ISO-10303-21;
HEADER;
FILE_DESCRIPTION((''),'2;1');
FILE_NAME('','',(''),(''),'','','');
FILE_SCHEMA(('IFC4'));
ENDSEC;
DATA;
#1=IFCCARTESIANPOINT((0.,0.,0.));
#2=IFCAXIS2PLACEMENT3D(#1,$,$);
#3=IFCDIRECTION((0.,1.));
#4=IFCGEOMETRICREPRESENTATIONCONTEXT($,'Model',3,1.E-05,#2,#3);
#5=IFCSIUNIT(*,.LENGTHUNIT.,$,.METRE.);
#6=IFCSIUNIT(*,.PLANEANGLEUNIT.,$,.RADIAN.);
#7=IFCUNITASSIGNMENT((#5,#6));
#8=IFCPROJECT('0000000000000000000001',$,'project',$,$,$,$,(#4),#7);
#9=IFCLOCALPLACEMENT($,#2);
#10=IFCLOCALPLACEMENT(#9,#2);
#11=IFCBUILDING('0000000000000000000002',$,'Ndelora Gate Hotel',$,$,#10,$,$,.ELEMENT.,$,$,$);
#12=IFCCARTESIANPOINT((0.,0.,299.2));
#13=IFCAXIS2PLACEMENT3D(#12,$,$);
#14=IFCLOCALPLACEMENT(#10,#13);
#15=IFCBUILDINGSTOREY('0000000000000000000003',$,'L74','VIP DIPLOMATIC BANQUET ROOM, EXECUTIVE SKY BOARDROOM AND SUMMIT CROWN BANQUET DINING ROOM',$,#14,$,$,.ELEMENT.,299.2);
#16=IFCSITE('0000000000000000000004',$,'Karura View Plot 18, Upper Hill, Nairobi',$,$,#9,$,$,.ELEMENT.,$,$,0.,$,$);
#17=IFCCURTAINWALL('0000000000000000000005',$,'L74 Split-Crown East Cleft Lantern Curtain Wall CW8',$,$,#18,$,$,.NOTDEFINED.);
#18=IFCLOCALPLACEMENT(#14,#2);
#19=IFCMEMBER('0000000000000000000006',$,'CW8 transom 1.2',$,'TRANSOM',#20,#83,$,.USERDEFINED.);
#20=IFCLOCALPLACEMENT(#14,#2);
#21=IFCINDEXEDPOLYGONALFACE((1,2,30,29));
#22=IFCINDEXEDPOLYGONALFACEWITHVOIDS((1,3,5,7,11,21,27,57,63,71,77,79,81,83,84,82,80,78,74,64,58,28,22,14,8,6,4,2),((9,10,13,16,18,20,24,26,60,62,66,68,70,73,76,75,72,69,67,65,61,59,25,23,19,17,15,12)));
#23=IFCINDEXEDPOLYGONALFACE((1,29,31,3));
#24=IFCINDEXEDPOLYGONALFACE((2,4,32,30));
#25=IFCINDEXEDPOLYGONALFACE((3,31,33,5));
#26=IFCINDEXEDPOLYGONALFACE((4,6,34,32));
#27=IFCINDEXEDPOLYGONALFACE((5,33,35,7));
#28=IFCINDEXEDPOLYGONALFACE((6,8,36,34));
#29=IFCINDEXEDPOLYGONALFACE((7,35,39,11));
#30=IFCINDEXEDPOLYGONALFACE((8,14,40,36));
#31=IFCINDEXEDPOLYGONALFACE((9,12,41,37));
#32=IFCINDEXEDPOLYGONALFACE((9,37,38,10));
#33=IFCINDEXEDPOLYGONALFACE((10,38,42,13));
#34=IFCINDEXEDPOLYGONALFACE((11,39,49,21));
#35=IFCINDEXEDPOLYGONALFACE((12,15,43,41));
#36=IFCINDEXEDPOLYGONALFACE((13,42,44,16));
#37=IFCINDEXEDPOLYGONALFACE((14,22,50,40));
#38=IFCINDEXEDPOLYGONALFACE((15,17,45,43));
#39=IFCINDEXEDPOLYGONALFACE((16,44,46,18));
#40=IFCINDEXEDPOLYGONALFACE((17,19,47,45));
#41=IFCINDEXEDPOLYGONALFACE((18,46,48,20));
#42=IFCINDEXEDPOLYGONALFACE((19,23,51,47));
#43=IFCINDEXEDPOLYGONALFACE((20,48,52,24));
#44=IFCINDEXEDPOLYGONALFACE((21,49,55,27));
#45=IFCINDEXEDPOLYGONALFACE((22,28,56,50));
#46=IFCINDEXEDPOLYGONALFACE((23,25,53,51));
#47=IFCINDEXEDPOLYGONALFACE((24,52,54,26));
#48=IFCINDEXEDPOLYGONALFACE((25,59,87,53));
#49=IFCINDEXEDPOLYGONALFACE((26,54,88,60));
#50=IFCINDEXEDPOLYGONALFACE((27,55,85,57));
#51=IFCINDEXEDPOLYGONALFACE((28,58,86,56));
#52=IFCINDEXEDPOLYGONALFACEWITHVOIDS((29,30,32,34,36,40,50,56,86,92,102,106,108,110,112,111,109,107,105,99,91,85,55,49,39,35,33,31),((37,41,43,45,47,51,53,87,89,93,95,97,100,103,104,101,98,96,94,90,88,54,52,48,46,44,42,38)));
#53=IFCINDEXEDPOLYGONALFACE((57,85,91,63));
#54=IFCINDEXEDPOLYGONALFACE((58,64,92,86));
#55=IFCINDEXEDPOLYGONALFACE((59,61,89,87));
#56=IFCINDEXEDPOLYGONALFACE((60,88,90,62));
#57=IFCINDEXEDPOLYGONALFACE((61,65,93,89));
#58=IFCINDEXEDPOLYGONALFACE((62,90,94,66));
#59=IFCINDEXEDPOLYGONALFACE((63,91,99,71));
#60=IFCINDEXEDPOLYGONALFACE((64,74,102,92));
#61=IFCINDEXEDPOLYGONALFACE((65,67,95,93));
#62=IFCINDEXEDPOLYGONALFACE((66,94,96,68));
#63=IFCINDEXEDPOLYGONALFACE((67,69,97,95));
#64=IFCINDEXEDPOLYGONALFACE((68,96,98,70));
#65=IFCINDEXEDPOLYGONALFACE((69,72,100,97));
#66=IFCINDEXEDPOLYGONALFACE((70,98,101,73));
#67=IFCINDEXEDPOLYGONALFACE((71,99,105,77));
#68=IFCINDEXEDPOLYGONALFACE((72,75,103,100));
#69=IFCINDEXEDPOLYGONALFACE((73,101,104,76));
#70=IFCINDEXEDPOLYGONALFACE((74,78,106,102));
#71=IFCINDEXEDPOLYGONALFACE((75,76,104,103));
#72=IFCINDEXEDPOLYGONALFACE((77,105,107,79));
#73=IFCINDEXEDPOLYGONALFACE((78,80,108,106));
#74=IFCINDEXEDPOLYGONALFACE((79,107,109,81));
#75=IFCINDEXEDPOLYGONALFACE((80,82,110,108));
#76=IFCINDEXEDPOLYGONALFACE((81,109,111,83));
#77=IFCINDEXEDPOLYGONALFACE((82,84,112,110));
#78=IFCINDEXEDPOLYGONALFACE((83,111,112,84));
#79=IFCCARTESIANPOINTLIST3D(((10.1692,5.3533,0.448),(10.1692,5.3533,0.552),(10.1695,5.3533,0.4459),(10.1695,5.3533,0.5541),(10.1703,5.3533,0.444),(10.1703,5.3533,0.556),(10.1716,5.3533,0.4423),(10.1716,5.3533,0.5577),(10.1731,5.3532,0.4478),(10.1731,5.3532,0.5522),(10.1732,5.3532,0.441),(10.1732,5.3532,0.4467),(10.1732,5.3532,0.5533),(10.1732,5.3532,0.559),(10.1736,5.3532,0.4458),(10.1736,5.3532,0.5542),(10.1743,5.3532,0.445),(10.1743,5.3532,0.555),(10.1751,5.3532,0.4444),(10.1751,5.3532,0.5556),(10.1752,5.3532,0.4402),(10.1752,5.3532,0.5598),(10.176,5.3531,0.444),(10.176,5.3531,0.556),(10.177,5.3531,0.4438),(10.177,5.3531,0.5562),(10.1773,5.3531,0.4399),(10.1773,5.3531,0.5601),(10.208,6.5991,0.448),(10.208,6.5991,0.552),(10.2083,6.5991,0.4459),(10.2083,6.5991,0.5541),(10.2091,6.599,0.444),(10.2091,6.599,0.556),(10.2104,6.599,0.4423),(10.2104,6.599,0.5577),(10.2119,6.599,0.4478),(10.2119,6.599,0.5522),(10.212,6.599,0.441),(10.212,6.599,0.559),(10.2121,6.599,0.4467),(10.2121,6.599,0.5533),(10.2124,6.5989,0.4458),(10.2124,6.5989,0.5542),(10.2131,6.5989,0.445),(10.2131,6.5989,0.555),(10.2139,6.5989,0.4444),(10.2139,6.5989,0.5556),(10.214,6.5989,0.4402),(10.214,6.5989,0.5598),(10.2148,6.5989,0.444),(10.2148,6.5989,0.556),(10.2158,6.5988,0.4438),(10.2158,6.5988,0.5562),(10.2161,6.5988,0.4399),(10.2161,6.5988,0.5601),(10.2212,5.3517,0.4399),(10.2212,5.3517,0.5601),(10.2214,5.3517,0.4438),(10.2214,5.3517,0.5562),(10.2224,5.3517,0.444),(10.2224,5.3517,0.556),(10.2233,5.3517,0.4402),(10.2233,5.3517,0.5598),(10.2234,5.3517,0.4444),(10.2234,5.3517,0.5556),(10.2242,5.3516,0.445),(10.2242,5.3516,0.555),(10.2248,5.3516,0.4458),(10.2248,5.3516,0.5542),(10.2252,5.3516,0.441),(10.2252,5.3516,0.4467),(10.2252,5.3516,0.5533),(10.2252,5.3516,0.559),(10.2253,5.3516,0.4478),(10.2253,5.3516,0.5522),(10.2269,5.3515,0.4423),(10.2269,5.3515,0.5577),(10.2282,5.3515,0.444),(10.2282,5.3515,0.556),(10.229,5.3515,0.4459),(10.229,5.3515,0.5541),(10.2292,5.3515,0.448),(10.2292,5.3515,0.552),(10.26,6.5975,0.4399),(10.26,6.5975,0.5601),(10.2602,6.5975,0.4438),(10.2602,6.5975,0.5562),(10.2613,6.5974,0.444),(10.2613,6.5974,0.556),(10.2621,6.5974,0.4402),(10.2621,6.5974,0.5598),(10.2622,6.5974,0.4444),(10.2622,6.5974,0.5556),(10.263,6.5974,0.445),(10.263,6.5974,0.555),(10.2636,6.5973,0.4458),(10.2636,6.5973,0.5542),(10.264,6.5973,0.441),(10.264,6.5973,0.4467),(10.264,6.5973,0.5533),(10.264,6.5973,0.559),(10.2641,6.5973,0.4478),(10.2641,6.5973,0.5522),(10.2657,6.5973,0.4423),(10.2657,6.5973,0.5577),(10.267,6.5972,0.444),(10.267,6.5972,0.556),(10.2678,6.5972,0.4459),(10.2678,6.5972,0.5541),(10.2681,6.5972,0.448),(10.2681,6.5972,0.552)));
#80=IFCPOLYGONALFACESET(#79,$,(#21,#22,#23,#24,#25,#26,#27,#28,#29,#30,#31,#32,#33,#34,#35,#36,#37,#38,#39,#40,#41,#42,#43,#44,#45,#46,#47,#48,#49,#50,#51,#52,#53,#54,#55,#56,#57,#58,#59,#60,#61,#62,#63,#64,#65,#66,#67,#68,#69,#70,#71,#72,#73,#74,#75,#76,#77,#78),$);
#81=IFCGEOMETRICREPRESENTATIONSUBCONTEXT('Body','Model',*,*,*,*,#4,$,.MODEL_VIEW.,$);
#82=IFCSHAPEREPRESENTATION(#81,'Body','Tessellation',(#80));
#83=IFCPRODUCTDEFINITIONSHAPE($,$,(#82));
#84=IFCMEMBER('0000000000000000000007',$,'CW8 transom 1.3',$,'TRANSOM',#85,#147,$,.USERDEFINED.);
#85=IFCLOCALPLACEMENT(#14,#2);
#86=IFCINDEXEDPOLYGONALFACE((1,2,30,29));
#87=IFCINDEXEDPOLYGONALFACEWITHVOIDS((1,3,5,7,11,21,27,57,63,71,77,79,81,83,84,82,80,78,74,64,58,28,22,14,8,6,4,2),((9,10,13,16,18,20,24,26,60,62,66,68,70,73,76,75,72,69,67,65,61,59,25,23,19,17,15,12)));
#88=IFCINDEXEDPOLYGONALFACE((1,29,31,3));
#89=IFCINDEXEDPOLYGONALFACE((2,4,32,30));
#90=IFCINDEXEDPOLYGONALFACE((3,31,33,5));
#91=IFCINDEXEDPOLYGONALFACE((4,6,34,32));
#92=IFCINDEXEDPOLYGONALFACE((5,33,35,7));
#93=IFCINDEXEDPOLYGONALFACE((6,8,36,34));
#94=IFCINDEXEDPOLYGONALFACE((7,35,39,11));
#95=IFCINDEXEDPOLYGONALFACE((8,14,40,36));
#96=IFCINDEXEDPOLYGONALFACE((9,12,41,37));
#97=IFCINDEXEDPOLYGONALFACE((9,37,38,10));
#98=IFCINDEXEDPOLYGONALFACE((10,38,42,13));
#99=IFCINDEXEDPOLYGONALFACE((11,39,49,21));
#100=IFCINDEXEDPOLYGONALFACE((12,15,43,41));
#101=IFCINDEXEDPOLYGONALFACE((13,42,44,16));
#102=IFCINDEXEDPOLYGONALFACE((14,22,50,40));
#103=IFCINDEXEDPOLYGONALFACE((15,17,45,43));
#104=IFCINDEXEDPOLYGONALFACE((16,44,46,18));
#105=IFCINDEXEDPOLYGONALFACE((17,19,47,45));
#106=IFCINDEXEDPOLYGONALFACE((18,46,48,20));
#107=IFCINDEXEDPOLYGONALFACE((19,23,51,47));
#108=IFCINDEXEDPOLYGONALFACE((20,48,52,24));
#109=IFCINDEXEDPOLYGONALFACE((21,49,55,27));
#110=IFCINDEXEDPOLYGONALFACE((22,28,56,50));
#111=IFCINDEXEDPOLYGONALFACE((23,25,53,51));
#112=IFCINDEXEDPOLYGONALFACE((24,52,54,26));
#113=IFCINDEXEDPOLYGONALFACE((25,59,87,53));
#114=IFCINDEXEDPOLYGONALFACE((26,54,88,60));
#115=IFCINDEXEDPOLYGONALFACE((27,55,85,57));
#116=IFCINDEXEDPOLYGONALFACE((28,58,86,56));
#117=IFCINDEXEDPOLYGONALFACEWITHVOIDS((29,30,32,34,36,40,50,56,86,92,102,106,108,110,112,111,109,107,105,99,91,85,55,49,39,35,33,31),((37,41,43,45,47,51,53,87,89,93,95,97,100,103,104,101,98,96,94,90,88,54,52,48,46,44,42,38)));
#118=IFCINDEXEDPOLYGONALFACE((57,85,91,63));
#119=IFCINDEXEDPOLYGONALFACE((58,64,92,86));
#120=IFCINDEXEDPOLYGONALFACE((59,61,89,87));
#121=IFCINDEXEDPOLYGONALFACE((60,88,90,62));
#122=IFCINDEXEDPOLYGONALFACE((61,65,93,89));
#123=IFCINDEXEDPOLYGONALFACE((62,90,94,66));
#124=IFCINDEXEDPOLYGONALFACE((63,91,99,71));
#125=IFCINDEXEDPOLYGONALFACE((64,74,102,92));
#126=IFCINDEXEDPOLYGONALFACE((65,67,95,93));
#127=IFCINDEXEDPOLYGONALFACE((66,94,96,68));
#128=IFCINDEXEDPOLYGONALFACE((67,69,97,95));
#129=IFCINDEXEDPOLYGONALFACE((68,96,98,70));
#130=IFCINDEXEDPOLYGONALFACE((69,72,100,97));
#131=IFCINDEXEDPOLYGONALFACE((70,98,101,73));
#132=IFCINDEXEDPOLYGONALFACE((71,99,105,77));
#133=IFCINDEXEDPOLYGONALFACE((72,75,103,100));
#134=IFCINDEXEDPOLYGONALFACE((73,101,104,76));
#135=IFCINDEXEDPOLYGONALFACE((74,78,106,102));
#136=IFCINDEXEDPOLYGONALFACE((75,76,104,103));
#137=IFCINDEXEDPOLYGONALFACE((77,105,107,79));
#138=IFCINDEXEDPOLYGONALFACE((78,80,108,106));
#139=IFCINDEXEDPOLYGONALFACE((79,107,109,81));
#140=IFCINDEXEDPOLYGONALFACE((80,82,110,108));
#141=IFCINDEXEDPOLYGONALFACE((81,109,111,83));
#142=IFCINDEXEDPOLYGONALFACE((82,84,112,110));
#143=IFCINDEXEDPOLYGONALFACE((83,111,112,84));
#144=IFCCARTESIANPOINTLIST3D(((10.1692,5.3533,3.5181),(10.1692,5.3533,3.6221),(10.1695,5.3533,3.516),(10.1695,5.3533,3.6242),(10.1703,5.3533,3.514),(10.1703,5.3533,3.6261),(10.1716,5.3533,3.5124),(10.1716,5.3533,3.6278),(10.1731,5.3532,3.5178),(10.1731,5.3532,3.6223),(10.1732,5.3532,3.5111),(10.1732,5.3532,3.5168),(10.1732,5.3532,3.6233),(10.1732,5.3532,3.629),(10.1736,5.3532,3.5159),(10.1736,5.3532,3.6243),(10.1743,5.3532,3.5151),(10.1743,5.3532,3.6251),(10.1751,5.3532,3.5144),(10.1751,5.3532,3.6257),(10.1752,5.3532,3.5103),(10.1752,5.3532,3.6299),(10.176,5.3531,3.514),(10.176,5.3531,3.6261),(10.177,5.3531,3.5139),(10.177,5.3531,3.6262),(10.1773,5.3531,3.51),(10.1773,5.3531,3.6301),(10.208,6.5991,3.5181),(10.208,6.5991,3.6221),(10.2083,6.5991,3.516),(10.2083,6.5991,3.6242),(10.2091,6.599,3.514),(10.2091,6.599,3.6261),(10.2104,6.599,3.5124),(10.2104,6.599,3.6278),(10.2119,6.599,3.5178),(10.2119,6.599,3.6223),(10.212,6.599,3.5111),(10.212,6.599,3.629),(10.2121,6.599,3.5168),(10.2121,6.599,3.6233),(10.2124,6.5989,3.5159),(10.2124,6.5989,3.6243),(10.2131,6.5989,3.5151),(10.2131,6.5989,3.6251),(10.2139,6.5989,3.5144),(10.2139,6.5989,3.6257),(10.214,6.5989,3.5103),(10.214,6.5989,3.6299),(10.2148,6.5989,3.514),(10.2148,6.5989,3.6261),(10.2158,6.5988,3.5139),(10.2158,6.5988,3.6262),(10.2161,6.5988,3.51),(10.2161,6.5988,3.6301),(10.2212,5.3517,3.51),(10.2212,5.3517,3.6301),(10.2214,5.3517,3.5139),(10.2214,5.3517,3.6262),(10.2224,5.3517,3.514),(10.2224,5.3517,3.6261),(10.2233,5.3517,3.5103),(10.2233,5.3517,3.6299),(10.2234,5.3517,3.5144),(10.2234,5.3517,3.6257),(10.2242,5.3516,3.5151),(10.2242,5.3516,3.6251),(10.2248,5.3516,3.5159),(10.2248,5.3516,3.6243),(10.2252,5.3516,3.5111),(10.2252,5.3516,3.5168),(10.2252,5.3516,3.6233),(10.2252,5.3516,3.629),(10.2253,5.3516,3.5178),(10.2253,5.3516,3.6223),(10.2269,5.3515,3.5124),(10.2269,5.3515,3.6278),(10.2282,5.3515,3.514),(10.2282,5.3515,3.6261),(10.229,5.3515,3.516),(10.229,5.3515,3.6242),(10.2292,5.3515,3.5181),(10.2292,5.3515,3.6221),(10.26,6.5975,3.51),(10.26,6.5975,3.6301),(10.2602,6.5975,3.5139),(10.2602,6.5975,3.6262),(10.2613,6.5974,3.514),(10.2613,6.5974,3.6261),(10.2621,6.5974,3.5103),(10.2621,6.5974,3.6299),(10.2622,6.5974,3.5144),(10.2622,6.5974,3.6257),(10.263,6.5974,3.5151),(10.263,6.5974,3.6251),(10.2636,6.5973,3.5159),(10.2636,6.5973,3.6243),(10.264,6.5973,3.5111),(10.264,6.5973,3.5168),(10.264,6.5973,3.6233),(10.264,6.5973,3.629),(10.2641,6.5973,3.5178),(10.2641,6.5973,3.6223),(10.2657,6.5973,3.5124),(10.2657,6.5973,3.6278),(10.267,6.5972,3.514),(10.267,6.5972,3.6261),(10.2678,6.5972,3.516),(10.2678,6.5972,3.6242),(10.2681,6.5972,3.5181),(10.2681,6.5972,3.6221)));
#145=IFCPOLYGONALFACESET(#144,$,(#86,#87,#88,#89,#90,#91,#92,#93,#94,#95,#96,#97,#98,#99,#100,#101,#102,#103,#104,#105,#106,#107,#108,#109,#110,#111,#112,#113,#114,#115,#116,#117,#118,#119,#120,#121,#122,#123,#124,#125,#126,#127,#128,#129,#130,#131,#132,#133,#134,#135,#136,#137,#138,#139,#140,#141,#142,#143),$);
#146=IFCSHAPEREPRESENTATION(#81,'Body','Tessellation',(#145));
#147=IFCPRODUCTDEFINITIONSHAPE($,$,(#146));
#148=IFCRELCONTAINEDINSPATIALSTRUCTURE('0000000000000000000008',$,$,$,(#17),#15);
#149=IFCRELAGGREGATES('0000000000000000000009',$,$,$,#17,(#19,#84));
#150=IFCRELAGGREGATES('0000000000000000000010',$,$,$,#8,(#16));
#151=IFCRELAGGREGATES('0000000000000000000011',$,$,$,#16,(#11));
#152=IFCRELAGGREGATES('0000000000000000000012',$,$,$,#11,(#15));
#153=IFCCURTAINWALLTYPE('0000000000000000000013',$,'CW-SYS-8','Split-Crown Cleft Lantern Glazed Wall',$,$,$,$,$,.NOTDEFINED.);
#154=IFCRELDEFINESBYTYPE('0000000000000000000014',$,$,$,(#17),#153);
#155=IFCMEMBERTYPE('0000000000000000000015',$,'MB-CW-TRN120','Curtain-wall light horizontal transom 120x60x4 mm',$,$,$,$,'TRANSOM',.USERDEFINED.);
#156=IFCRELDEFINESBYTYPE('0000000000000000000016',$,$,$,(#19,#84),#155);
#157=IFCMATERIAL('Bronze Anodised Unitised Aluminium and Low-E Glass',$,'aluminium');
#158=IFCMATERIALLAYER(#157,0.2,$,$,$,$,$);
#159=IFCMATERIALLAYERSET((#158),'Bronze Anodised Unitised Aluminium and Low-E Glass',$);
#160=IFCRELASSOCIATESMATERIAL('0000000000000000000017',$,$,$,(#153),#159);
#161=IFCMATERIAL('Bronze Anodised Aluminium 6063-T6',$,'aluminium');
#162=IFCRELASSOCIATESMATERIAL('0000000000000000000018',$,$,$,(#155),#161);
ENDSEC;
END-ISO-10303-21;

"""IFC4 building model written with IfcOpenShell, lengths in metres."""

from ifc_helpers import new_model, si_unit, direction, frame, origin, origin_2d, place, context, subcontext, project, spatial, hollow_rectangle, extrude, material, layer, layer_set, material_profile, profile_set, type_object, element, aggregate, save


model = new_model("IFC4")

# Units and contexts
model_context = context("Model", 3, precision=1e-05, world=origin(), true_north=direction((0.0, 1.0)))
body_context = subcontext(model_context, "Body", "Model", "MODEL_VIEW")
ifc_project = project(units=[si_unit("LENGTHUNIT", "METRE"), si_unit("PLANEANGLEUNIT", "RADIAN")], contexts=[model_context])

# Site, building, storey
site_placement = place(None, origin())
site = spatial("IfcSite", under=ifc_project, at=site_placement, Name="Karura View Plot 18, Upper Hill, Nairobi", CompositionType="ELEMENT", RefElevation=0.0)
building_placement = place(site_placement, origin())
building = spatial("IfcBuilding", under=site, at=building_placement, Name="Ndelora Gate Hotel", CompositionType="ELEMENT")
storey_placement = place(building_placement, frame((0.0, 0.0, 299.2)))
storey = spatial("IfcBuildingStorey", under=building, at=storey_placement, Name="L74", Description="VIP DIPLOMATIC BANQUET ROOM, EXECUTIVE SKY BOARDROOM AND SUMMIT CROWN BANQUET DINING ROOM", CompositionType="ELEMENT", Elevation=299.2)

# Shared definitions
ifc_material_1 = material(Name="Bronze Anodised Unitised Aluminium and Low-E Glass", Category="aluminium")
ifc_layer_1 = layer(ifc_material_1, 0.2)
ifc_layer_set_1 = layer_set([ifc_layer_1], Name="Bronze Anodised Unitised Aluminium and Low-E Glass")
curtain_wall_type = type_object("IfcCurtainWallType", Name="CW-SYS-8", Description="Split-Crown Cleft Lantern Glazed Wall", PredefinedType="NOTDEFINED", material=ifc_layer_set_1)
ifc_material_2 = material(Name="Bronze Anodised Aluminium 6063-T6", Category="aluminium")

# Curtain wall, members
curtain_wall_1_placement = place(storey_placement, origin())
curtain_wall_1 = element("IfcCurtainWall", 1, at=curtain_wall_1_placement, inside=storey, type_object=curtain_wall_type, Name="L74 Split-Crown East Cleft Lantern Curtain Wall CW8", PredefinedType="NOTDEFINED")
ifc_material_profile_1 = material_profile(ifc_material_2, hollow_rectangle(XDim=0.0601, YDim=0.1201, WallThickness=0.0039, InnerFilletRadius=0.0039, OuterFilletRadius=0.0081, at=origin_2d()), Name="ALU 120x60x4")
ifc_profile_set_1 = profile_set([ifc_material_profile_1], Name="Bronze Anodised Aluminium 6063-T6")
member_type_1 = type_object("IfcMemberType", Name="MB-CW-TRN120", Description="Curtain-wall light horizontal transom 120x60x4 mm", ElementType="TRANSOM", PredefinedType="USERDEFINED", material=ifc_profile_set_1)
member_1_placement = place(storey_placement, frame((10.238, 6.5981, 0.5), z_axis=(-0.031143, -0.999515, 0.0), x_axis=(0.999515, -0.031143, 0.0)))
member_1 = element("IfcMember", 2, at=member_1_placement, type_object=member_type_1, Name="CW8 transom 1.2", ObjectType="TRANSOM", PredefinedType="USERDEFINED", context=body_context, shape_type="SweptSolid", body=[
    extrude(hollow_rectangle(XDim=0.0601, YDim=0.1201, WallThickness=0.0039, InnerFilletRadius=0.0039, OuterFilletRadius=0.0081, at=origin_2d()), origin(), (0.0, 0.0, 1.0), 1.2463),
])
member_2_placement = place(storey_placement, frame((10.238, 6.5981, 3.5701), z_axis=(-0.031143, -0.999515, 0.0), x_axis=(0.999515, -0.031143, 0.0)))
member_2 = element("IfcMember", 3, at=member_2_placement, type_object=member_type_1, Name="CW8 transom 1.3", ObjectType="TRANSOM", PredefinedType="USERDEFINED", context=body_context, shape_type="SweptSolid", body=[
    extrude(hollow_rectangle(XDim=0.0601, YDim=0.1201, WallThickness=0.0039, InnerFilletRadius=0.0039, OuterFilletRadius=0.0081, at=origin_2d()), origin(), (0.0, 0.0, 1.0), 1.2463),
])
aggregate(curtain_wall_1, [member_1, member_2])

save(model, "model.ifc")
